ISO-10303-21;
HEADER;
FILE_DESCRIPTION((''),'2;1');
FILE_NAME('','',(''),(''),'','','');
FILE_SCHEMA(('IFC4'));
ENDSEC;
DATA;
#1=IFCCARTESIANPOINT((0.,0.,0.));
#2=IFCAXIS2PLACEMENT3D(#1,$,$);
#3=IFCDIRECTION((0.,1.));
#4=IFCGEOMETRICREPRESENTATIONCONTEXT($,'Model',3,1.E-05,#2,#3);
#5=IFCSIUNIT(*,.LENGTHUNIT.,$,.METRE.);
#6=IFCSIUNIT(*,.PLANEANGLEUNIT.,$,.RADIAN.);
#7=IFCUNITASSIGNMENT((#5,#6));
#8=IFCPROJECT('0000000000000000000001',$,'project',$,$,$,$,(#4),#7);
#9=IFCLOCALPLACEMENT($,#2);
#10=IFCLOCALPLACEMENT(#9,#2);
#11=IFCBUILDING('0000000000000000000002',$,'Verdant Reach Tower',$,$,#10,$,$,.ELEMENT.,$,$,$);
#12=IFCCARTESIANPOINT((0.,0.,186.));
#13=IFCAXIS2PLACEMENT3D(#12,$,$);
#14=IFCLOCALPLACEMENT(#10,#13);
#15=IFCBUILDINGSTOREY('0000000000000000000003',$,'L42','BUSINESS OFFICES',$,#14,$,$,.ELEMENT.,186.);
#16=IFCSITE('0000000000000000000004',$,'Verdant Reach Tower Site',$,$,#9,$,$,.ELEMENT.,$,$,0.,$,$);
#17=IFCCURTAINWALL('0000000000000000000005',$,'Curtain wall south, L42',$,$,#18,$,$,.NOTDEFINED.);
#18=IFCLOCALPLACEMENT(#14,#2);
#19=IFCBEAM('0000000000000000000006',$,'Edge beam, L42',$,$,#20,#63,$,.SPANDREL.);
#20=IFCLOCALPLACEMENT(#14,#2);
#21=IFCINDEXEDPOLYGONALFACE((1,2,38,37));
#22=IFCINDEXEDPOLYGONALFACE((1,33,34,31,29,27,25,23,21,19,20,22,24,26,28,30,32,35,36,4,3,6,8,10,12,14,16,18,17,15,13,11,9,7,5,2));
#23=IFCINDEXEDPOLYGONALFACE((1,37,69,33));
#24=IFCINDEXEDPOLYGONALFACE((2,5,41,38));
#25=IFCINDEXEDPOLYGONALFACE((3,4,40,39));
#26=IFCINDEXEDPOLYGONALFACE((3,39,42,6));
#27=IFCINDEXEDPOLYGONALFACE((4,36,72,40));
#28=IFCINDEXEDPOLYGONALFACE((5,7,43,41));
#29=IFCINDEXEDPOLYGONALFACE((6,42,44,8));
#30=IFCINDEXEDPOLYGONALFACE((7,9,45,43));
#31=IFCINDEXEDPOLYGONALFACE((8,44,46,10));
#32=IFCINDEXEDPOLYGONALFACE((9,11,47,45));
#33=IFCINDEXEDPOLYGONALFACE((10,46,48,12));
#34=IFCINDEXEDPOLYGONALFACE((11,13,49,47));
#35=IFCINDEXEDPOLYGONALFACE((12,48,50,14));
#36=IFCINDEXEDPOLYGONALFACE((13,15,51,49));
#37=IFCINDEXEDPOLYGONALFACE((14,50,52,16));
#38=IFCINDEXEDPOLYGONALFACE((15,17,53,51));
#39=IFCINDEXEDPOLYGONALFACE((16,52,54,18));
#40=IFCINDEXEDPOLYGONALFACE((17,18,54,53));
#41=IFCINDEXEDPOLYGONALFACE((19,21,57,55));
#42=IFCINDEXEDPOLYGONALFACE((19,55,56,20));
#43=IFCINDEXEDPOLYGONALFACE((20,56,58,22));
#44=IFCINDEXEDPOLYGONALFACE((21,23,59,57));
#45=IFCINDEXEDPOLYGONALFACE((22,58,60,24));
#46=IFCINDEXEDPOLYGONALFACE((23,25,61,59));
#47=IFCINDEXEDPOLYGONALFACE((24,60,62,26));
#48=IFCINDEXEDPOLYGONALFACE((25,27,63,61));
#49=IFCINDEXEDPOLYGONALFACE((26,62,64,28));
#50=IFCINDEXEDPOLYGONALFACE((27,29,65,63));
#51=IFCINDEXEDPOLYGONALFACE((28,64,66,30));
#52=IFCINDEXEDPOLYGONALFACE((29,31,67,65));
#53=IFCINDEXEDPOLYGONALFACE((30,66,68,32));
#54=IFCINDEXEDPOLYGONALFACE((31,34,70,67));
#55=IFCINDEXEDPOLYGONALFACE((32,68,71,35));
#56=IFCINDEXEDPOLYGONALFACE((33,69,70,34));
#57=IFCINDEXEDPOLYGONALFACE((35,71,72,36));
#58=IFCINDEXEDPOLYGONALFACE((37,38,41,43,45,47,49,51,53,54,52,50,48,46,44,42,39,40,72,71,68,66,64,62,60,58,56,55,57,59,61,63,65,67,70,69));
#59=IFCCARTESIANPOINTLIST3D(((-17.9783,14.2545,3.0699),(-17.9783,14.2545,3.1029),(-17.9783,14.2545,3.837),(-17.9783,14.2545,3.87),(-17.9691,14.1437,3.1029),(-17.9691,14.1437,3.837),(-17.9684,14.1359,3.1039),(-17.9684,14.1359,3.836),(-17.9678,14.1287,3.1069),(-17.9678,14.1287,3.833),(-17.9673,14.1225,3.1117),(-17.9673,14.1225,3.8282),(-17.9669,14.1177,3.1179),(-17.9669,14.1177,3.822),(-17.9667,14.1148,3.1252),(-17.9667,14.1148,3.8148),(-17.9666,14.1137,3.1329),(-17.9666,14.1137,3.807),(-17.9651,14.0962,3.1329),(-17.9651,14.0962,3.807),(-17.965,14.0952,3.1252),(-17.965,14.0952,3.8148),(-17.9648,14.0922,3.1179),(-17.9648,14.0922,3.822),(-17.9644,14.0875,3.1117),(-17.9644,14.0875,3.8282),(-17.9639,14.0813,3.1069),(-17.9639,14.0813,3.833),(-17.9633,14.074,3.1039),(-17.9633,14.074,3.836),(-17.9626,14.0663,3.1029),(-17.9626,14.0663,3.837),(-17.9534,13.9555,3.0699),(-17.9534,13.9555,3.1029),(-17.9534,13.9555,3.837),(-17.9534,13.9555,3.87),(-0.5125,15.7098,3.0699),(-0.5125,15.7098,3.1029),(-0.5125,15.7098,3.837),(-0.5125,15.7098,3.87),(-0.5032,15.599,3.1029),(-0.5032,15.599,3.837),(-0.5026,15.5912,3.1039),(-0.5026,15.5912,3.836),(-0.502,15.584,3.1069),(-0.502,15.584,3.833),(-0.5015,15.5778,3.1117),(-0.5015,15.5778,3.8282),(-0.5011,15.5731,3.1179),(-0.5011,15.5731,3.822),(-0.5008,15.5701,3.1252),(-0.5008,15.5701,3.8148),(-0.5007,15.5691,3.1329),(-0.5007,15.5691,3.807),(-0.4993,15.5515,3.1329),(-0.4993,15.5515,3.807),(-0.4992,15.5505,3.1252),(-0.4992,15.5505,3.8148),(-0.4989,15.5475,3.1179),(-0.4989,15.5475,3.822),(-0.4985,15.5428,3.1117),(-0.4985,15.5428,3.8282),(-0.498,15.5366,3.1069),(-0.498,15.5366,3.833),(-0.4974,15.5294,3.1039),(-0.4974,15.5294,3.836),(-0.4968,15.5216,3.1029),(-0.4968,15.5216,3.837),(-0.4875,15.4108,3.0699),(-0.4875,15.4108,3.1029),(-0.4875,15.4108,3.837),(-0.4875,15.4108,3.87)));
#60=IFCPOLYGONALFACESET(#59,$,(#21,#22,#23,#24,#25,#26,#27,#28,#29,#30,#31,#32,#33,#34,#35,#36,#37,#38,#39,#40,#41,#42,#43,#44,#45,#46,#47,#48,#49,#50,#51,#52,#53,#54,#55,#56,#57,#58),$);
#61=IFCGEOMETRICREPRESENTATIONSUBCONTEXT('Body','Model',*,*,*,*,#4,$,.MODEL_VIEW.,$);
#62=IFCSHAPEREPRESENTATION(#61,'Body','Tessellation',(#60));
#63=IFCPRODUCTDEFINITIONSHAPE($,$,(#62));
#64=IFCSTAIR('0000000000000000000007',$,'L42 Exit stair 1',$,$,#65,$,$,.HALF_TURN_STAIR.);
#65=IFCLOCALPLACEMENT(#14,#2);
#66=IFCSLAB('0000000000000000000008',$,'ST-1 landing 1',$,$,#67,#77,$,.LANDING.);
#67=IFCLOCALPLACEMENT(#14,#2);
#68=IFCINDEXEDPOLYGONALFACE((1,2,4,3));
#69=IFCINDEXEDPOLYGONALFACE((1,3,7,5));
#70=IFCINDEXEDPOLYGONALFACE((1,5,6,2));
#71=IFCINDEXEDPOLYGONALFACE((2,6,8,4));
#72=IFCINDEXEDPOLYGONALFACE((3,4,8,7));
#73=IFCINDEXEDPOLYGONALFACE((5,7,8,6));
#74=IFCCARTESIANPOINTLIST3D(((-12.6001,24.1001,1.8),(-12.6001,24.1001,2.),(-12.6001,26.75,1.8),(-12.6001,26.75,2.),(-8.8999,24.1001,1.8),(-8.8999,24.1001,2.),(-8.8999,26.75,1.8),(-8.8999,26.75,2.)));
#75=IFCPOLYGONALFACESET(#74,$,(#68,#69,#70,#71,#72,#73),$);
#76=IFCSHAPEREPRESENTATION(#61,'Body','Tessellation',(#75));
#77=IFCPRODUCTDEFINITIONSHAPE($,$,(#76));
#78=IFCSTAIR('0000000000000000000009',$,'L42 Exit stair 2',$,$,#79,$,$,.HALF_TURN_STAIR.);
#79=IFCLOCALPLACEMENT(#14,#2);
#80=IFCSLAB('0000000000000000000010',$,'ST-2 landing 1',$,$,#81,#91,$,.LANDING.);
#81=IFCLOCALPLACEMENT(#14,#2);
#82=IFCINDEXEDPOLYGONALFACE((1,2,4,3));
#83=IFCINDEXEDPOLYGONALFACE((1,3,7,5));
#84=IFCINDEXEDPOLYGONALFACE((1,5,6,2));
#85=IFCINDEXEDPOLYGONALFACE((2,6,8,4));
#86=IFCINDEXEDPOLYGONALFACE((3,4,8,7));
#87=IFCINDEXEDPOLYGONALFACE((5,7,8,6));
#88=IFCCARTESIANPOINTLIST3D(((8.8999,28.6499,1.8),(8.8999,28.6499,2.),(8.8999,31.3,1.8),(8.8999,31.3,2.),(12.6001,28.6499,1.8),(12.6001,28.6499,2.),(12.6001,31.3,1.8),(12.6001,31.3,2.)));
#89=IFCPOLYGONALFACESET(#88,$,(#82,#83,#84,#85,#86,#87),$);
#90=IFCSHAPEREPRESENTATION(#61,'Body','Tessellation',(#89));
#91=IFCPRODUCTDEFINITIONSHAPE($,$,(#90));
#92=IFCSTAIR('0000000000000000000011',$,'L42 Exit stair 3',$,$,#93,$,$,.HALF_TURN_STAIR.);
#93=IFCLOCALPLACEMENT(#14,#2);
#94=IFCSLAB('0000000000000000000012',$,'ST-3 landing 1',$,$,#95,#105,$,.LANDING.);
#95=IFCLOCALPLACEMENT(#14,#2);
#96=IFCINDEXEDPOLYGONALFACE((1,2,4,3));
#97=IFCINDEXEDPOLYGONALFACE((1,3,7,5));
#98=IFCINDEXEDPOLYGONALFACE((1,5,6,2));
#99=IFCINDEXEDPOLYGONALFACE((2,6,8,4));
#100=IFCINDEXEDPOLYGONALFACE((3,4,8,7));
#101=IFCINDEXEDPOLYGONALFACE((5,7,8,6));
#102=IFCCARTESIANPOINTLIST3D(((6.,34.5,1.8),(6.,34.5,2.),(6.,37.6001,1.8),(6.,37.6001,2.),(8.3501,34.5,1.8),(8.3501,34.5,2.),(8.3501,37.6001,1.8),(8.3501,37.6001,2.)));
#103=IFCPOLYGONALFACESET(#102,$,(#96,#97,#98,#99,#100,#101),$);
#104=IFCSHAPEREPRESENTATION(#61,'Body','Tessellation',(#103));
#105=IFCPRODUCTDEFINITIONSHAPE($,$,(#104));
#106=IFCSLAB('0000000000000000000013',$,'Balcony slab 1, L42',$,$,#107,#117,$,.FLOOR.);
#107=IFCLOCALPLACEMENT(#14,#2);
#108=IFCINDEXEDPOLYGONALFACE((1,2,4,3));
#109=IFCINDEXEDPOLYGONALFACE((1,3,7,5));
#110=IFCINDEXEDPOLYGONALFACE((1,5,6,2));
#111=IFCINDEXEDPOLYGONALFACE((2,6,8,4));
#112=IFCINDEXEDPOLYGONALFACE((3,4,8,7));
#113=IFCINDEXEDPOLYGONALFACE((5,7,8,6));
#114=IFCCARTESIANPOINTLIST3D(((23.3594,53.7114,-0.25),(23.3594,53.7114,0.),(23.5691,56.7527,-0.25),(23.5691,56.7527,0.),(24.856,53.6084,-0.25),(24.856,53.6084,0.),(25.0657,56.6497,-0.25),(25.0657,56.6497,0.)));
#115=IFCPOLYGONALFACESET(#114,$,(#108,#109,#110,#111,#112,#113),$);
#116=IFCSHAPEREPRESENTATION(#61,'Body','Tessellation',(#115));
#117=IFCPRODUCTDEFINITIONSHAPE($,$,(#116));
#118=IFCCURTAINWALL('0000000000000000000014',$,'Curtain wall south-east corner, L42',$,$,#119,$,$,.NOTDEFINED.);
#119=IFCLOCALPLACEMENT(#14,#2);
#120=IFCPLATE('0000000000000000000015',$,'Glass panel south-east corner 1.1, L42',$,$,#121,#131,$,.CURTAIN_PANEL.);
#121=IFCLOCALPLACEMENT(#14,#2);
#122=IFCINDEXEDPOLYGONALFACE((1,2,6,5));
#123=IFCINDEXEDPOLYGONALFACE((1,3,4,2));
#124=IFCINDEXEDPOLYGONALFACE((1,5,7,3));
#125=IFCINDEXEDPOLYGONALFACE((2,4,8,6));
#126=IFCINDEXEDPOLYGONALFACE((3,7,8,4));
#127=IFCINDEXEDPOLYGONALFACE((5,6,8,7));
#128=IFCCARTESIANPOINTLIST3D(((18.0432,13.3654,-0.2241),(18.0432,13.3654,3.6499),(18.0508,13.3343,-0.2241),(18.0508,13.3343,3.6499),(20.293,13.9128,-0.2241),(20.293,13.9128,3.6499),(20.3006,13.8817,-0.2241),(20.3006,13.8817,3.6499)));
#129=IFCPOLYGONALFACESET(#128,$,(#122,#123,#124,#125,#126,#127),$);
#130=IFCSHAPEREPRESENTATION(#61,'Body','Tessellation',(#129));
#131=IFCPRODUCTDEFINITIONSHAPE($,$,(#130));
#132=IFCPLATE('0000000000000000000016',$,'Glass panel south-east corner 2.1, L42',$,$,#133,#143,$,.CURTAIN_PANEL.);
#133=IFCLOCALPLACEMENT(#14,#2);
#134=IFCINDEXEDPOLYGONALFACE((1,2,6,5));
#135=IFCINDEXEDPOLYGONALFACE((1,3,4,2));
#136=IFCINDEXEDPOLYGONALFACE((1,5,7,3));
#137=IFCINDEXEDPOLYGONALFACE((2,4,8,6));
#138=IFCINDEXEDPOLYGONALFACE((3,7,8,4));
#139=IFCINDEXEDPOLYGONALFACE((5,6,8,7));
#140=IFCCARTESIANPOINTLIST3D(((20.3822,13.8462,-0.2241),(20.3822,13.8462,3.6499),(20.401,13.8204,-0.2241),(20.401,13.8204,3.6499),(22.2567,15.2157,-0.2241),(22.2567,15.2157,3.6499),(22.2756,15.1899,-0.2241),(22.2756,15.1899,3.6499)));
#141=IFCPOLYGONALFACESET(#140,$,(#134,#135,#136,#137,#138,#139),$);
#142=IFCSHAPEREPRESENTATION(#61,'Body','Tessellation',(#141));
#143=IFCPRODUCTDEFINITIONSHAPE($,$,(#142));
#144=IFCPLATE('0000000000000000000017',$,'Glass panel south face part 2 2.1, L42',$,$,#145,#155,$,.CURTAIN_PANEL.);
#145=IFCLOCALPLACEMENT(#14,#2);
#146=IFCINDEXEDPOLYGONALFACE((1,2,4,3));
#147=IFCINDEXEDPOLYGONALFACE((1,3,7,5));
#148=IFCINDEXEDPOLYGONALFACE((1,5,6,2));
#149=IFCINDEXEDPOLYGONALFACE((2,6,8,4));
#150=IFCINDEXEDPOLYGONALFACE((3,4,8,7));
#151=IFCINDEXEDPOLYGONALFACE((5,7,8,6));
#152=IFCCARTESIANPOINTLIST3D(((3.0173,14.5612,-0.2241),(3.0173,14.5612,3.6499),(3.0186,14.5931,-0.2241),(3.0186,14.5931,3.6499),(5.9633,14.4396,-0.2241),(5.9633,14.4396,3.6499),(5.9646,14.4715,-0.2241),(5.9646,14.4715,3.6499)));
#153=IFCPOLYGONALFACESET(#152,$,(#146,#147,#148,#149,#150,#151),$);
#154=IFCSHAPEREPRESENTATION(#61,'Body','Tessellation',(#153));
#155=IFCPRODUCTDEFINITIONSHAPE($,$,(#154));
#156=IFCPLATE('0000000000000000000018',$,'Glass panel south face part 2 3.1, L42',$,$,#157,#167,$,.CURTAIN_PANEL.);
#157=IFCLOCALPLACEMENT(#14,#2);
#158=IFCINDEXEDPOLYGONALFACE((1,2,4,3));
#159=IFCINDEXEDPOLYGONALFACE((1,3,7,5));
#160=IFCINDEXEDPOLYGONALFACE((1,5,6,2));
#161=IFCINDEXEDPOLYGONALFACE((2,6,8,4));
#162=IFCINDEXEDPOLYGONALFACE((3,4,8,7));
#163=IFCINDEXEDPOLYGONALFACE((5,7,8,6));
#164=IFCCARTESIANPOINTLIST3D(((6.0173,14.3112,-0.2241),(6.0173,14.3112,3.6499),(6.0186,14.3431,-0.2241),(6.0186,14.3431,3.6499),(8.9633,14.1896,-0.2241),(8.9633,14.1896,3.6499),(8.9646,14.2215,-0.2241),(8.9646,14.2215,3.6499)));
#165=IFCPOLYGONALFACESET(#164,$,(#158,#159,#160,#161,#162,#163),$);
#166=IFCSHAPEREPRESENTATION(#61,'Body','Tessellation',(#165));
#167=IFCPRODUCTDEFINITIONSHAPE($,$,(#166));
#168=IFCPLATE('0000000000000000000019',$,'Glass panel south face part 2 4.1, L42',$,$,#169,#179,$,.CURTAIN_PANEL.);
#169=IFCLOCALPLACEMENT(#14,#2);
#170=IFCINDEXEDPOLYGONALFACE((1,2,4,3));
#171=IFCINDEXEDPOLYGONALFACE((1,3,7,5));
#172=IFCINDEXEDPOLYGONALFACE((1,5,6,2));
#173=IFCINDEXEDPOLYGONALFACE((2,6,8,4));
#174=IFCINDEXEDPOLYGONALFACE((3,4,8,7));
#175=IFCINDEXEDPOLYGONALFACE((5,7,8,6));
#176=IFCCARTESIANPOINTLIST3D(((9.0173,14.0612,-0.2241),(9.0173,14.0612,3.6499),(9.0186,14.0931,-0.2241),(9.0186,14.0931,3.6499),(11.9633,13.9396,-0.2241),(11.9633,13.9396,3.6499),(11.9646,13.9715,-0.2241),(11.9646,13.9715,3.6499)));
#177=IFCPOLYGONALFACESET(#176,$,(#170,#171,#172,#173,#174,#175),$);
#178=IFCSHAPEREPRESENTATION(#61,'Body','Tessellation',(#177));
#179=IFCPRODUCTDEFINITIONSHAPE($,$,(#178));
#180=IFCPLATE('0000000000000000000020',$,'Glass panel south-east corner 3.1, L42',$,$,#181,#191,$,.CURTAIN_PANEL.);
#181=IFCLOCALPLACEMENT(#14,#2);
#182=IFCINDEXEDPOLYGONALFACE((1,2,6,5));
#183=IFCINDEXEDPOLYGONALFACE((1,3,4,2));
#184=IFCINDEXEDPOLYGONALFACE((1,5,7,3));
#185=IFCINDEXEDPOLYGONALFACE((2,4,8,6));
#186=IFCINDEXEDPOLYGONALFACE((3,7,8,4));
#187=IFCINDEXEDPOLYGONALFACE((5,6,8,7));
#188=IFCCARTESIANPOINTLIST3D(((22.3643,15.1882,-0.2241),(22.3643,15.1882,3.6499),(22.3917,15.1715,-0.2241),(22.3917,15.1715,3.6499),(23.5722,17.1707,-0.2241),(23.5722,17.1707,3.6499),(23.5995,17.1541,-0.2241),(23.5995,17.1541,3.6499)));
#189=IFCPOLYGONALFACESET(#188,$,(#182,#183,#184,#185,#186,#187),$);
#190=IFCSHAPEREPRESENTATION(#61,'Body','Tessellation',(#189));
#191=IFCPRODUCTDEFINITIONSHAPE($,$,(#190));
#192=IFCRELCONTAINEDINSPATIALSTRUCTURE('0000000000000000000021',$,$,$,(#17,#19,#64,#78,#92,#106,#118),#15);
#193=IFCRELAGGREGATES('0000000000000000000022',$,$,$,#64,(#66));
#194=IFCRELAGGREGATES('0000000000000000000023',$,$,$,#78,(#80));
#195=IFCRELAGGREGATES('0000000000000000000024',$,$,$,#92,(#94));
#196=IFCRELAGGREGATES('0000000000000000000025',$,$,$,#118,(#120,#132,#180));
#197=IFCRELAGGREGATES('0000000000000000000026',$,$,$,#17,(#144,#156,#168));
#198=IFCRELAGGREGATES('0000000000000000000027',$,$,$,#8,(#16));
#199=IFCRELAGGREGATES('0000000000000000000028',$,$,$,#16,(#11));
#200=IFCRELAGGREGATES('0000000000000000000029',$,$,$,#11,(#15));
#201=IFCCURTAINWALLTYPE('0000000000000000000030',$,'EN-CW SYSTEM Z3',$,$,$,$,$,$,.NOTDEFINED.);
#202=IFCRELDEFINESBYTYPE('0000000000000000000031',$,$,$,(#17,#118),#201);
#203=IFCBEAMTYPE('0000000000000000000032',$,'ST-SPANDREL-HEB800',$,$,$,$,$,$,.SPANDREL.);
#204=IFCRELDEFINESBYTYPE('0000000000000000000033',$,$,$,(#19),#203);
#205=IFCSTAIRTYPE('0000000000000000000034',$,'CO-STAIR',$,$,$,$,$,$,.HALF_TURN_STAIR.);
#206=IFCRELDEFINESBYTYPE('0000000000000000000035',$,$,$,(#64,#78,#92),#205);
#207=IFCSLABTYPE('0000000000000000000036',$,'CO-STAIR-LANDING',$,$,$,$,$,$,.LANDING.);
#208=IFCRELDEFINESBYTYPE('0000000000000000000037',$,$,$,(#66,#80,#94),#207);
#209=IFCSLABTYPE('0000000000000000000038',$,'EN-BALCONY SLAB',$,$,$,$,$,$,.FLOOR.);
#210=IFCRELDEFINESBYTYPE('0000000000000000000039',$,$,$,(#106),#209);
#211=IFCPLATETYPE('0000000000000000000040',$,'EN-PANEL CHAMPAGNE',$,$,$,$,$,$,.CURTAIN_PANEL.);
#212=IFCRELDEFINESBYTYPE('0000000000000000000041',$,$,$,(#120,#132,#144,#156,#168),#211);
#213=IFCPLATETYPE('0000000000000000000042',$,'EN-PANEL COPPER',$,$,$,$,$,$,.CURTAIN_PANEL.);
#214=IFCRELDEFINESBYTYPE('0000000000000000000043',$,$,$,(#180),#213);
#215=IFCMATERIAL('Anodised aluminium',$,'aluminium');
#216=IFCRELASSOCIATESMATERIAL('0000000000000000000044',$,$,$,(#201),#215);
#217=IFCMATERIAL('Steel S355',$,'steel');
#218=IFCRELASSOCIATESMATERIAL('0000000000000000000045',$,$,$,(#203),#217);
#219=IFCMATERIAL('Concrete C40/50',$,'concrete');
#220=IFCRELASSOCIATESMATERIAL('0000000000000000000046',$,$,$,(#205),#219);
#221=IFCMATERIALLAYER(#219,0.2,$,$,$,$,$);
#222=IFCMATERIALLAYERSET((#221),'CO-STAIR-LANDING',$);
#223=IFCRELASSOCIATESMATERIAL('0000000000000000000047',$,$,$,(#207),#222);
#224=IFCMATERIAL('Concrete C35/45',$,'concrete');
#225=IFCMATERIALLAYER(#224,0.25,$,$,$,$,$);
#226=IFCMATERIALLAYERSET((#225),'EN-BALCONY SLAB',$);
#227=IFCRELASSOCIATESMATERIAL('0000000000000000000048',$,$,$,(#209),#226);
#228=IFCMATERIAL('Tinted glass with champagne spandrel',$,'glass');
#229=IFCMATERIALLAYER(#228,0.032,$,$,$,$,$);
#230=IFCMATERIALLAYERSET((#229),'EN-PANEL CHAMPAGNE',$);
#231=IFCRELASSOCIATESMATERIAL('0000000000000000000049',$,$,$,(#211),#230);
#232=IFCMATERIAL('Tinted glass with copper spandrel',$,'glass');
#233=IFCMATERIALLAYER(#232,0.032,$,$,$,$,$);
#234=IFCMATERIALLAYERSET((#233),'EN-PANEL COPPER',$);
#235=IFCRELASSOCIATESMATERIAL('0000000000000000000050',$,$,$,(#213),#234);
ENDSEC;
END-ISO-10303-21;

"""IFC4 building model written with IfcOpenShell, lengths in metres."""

from ifc_helpers import new_model, si_unit, direction, frame, origin, origin_2d, place, context, subcontext, project, spatial, polyline, rectangle, i_section, outline, extrude, material, layer, layer_set, material_profile, profile_set, type_object, element, aggregate, save


model = new_model("IFC4")

# Units and contexts
model_context = context("Model", 3, precision=1e-05, world=origin(), true_north=direction((0.0, 1.0)))
body_context = subcontext(model_context, "Body", "Model", "MODEL_VIEW")
ifc_project = project(units=[si_unit("LENGTHUNIT", "METRE"), si_unit("PLANEANGLEUNIT", "RADIAN")], contexts=[model_context])

# Site, building, storey
site_placement = place(None, origin())
site = spatial("IfcSite", under=ifc_project, at=site_placement, Name="Verdant Reach Tower Site", CompositionType="ELEMENT", RefElevation=0.0)
building_placement = place(site_placement, origin())
building = spatial("IfcBuilding", under=site, at=building_placement, Name="Verdant Reach Tower", CompositionType="ELEMENT")
storey_placement = place(building_placement, frame((0.0, 0.0, 186.0)))
storey = spatial("IfcBuildingStorey", under=building, at=storey_placement, Name="L42", Description="BUSINESS OFFICES", CompositionType="ELEMENT", Elevation=186.0)

# Curtain wall
ifc_material_1 = material(Name="Anodised aluminium", Category="aluminium")
curtain_wall_type = type_object("IfcCurtainWallType", Name="EN-CW SYSTEM Z3", PredefinedType="NOTDEFINED", material=ifc_material_1)
curtain_wall_1_placement = place(storey_placement, origin())
curtain_wall_1 = element("IfcCurtainWall", 1, at=curtain_wall_1_placement, inside=storey, type_object=curtain_wall_type, Name="Curtain wall south, L42", PredefinedType="NOTDEFINED")

# Beam
ifc_material_2 = material(Name="Steel S355", Category="steel")
ifc_material_profile_1 = material_profile(ifc_material_2, i_section(OverallWidth=0.3, OverallDepth=0.8, WebThickness=0.0176, FlangeThickness=0.033, FilletRadius=0.03, at=origin_2d()), Name="HEB 800")
ifc_profile_set_1 = profile_set([ifc_material_profile_1], Name="Steel S355")
beam_type_1 = type_object("IfcBeamType", Name="ST-SPANDREL-HEB800", PredefinedType="SPANDREL", material=ifc_profile_set_1)
for number, where, z_axis, x_axis, name in (
    (2, (-0.5, 15.5603, 3.47), (-0.996547, -0.083036, 0.0), (0.083036, -0.996547, 0.0), "Edge beam, L42"),
):
    element("IfcBeam", number, at=place(storey_placement, frame(where, z_axis=z_axis, x_axis=x_axis)), inside=storey, type_object=beam_type_1, Name=name, PredefinedType="SPANDREL", context=body_context, shape_type="SweptSolid", body=[
        extrude(i_section(OverallWidth=0.3, OverallDepth=0.8, WebThickness=0.0176, FlangeThickness=0.033, FilletRadius=0.03, at=origin_2d()), origin(), (0.0, 0.0, 1.0), 17.5264),
    ])

# Stairs, slabs
ifc_material_3 = material(Name="Concrete C40/50", Category="concrete")
stair_type = type_object("IfcStairType", Name="CO-STAIR", PredefinedType="HALF_TURN_STAIR", material=ifc_material_3)
stair_1_placement = place(storey_placement, origin())
stair_1 = element("IfcStair", 3, at=stair_1_placement, inside=storey, type_object=stair_type, Name="L42 Exit stair 1", PredefinedType="HALF_TURN_STAIR")
ifc_layer_1 = layer(ifc_material_3, 0.2)
ifc_layer_set_1 = layer_set([ifc_layer_1], Name="CO-STAIR-LANDING")
slab_type_1 = type_object("IfcSlabType", Name="CO-STAIR-LANDING", PredefinedType="LANDING", material=ifc_layer_set_1)
slab_1_placement = place(storey_placement, frame((0.0, 0.0, 1.8)))
slab_1 = element("IfcSlab", 4, at=slab_1_placement, type_object=slab_type_1, Name="ST-1 landing 1", PredefinedType="LANDING", context=body_context, shape_type="SweptSolid", body=[
    extrude(outline(polyline([(-12.6001, 26.75), (-12.6001, 24.1001), (-8.8999, 24.1001), (-8.8999, 26.75), (-12.6001, 26.75)])), origin(), (0.0, 0.0, 1.0), 0.2),
])
aggregate(stair_1, [slab_1])
stair_2_placement = place(storey_placement, origin())
stair_2 = element("IfcStair", 5, at=stair_2_placement, inside=storey, type_object=stair_type, Name="L42 Exit stair 2", PredefinedType="HALF_TURN_STAIR")
slab_2_placement = place(storey_placement, frame((0.0, 0.0, 1.8)))
slab_2 = element("IfcSlab", 6, at=slab_2_placement, type_object=slab_type_1, Name="ST-2 landing 1", PredefinedType="LANDING", context=body_context, shape_type="SweptSolid", body=[
    extrude(outline(polyline([(12.6001, 28.6499), (12.6001, 31.3), (8.8999, 31.3), (8.8999, 28.6499), (12.6001, 28.6499)])), origin(), (0.0, 0.0, 1.0), 0.2),
])
aggregate(stair_2, [slab_2])
stair_3_placement = place(storey_placement, origin())
stair_3 = element("IfcStair", 7, at=stair_3_placement, inside=storey, type_object=stair_type, Name="L42 Exit stair 3", PredefinedType="HALF_TURN_STAIR")
slab_3_placement = place(storey_placement, frame((0.0, 0.0, 1.8)))
slab_3 = element("IfcSlab", 8, at=slab_3_placement, type_object=slab_type_1, Name="ST-3 landing 1", PredefinedType="LANDING", context=body_context, shape_type="SweptSolid", body=[
    extrude(outline(polyline([(8.3501, 37.6001), (6.0, 37.6001), (6.0, 34.5), (8.3501, 34.5), (8.3501, 37.6001)])), origin(), (0.0, 0.0, 1.0), 0.2),
])
aggregate(stair_3, [slab_3])

# Slab
ifc_material_4 = material(Name="Concrete C35/45", Category="concrete")
ifc_layer_2 = layer(ifc_material_4, 0.25)
ifc_layer_set_2 = layer_set([ifc_layer_2], Name="EN-BALCONY SLAB")
slab_type_2 = type_object("IfcSlabType", Name="EN-BALCONY SLAB", PredefinedType="FLOOR", material=ifc_layer_set_2)
slab_4_placement = place(storey_placement, frame((0.0, 0.0, -0.25)))
element("IfcSlab", 9, at=slab_4_placement, inside=storey, type_object=slab_type_2, Name="Balcony slab 1, L42", PredefinedType="FLOOR", context=body_context, shape_type="SweptSolid", body=[
    extrude(outline(polyline([(23.3594, 53.7114), (23.5691, 56.7527), (25.0657, 56.6497), (24.856, 53.6084), (23.3594, 53.7114)])), origin(), (0.0, 0.0, 1.0), 0.25),
])

# Curtain wall, plates
curtain_wall_2_placement = place(storey_placement, origin())
curtain_wall_2 = element("IfcCurtainWall", 10, at=curtain_wall_2_placement, inside=storey, type_object=curtain_wall_type, Name="Curtain wall south-east corner, L42", PredefinedType="NOTDEFINED")
ifc_material_5 = material(Name="Tinted glass with champagne spandrel", Category="glass")
ifc_layer_3 = layer(ifc_material_5, 0.032)
ifc_layer_set_3 = layer_set([ifc_layer_3], Name="EN-PANEL CHAMPAGNE")
plate_type_1 = type_object("IfcPlateType", Name="EN-PANEL CHAMPAGNE", PredefinedType="CURTAIN_PANEL", material=ifc_layer_set_3)
plate_1_placement = place(storey_placement, frame((19.1719, 13.6235, -0.2241), z_axis=(0.0, 0.0, 1.0), x_axis=(0.971655, 0.236403, 0.0)))
plate_1 = element("IfcPlate", 11, at=plate_1_placement, type_object=plate_type_1, Name="Glass panel south-east corner 1.1, L42", PredefinedType="CURTAIN_PANEL", context=body_context, shape_type="SweptSolid", body=[
    extrude(rectangle(XDim=2.3154, YDim=0.032, at=origin_2d()), origin(), (0.0, 0.0, 1.0), 3.874),
])
plate_2_placement = place(storey_placement, frame((21.3289, 14.5181, -0.2241), z_axis=(0.0, 0.0, 1.0), x_axis=(0.807457, 0.589927, 0.0)))
plate_2 = element("IfcPlate", 12, at=plate_2_placement, type_object=plate_type_1, Name="Glass panel south-east corner 2.1, L42", PredefinedType="CURTAIN_PANEL", context=body_context, shape_type="SweptSolid", body=[
    extrude(rectangle(XDim=2.3215, YDim=0.032, at=origin_2d()), origin(), (0.0, 0.0, 1.0), 3.874),
])

# Plates
plate_3_placement = place(storey_placement, frame((4.491, 14.5164, -0.2241), z_axis=(0.0, 0.0, 1.0), x_axis=(0.999149, -0.041242, 0.0)))
plate_3 = element("IfcPlate", 13, at=plate_3_placement, type_object=plate_type_1, Name="Glass panel south face part 2 2.1, L42", PredefinedType="CURTAIN_PANEL", context=body_context, shape_type="SweptSolid", body=[
    extrude(rectangle(XDim=2.9485, YDim=0.032, at=origin_2d()), origin(), (0.0, 0.0, 1.0), 3.874),
])
plate_4_placement = place(storey_placement, frame((7.491, 14.2664, -0.2241), z_axis=(0.0, 0.0, 1.0), x_axis=(0.999149, -0.041242, 0.0)))
plate_4 = element("IfcPlate", 14, at=plate_4_placement, type_object=plate_type_1, Name="Glass panel south face part 2 3.1, L42", PredefinedType="CURTAIN_PANEL", context=body_context, shape_type="SweptSolid", body=[
    extrude(rectangle(XDim=2.9485, YDim=0.032, at=origin_2d()), origin(), (0.0, 0.0, 1.0), 3.874),
])
plate_5_placement = place(storey_placement, frame((10.491, 14.0164, -0.2241), z_axis=(0.0, 0.0, 1.0), x_axis=(0.999149, -0.041242, 0.0)))
plate_5 = element("IfcPlate", 15, at=plate_5_placement, type_object=plate_type_1, Name="Glass panel south face part 2 4.1, L42", PredefinedType="CURTAIN_PANEL", context=body_context, shape_type="SweptSolid", body=[
    extrude(rectangle(XDim=2.9485, YDim=0.032, at=origin_2d()), origin(), (0.0, 0.0, 1.0), 3.874),
])
ifc_material_6 = material(Name="Tinted glass with copper spandrel", Category="glass")
ifc_layer_4 = layer(ifc_material_6, 0.032)
ifc_layer_set_4 = layer_set([ifc_layer_4], Name="EN-PANEL COPPER")
plate_type_2 = type_object("IfcPlateType", Name="EN-PANEL COPPER", PredefinedType="CURTAIN_PANEL", material=ifc_layer_set_4)
plate_6_placement = place(storey_placement, frame((22.9819, 16.1711, -0.2241), z_axis=(0.0, 0.0, 1.0), x_axis=(0.520292, 0.853989, 0.0)))
plate_6 = element("IfcPlate", 16, at=plate_6_placement, type_object=plate_type_2, Name="Glass panel south-east corner 3.1, L42", PredefinedType="CURTAIN_PANEL", context=body_context, shape_type="SweptSolid", body=[
    extrude(rectangle(XDim=2.3215, YDim=0.032, at=origin_2d()), origin(), (0.0, 0.0, 1.0), 3.874),
])
aggregate(curtain_wall_2, [plate_1, plate_2, plate_6])
aggregate(curtain_wall_1, [plate_3, plate_4, plate_5])

save(model, "model.ifc")
